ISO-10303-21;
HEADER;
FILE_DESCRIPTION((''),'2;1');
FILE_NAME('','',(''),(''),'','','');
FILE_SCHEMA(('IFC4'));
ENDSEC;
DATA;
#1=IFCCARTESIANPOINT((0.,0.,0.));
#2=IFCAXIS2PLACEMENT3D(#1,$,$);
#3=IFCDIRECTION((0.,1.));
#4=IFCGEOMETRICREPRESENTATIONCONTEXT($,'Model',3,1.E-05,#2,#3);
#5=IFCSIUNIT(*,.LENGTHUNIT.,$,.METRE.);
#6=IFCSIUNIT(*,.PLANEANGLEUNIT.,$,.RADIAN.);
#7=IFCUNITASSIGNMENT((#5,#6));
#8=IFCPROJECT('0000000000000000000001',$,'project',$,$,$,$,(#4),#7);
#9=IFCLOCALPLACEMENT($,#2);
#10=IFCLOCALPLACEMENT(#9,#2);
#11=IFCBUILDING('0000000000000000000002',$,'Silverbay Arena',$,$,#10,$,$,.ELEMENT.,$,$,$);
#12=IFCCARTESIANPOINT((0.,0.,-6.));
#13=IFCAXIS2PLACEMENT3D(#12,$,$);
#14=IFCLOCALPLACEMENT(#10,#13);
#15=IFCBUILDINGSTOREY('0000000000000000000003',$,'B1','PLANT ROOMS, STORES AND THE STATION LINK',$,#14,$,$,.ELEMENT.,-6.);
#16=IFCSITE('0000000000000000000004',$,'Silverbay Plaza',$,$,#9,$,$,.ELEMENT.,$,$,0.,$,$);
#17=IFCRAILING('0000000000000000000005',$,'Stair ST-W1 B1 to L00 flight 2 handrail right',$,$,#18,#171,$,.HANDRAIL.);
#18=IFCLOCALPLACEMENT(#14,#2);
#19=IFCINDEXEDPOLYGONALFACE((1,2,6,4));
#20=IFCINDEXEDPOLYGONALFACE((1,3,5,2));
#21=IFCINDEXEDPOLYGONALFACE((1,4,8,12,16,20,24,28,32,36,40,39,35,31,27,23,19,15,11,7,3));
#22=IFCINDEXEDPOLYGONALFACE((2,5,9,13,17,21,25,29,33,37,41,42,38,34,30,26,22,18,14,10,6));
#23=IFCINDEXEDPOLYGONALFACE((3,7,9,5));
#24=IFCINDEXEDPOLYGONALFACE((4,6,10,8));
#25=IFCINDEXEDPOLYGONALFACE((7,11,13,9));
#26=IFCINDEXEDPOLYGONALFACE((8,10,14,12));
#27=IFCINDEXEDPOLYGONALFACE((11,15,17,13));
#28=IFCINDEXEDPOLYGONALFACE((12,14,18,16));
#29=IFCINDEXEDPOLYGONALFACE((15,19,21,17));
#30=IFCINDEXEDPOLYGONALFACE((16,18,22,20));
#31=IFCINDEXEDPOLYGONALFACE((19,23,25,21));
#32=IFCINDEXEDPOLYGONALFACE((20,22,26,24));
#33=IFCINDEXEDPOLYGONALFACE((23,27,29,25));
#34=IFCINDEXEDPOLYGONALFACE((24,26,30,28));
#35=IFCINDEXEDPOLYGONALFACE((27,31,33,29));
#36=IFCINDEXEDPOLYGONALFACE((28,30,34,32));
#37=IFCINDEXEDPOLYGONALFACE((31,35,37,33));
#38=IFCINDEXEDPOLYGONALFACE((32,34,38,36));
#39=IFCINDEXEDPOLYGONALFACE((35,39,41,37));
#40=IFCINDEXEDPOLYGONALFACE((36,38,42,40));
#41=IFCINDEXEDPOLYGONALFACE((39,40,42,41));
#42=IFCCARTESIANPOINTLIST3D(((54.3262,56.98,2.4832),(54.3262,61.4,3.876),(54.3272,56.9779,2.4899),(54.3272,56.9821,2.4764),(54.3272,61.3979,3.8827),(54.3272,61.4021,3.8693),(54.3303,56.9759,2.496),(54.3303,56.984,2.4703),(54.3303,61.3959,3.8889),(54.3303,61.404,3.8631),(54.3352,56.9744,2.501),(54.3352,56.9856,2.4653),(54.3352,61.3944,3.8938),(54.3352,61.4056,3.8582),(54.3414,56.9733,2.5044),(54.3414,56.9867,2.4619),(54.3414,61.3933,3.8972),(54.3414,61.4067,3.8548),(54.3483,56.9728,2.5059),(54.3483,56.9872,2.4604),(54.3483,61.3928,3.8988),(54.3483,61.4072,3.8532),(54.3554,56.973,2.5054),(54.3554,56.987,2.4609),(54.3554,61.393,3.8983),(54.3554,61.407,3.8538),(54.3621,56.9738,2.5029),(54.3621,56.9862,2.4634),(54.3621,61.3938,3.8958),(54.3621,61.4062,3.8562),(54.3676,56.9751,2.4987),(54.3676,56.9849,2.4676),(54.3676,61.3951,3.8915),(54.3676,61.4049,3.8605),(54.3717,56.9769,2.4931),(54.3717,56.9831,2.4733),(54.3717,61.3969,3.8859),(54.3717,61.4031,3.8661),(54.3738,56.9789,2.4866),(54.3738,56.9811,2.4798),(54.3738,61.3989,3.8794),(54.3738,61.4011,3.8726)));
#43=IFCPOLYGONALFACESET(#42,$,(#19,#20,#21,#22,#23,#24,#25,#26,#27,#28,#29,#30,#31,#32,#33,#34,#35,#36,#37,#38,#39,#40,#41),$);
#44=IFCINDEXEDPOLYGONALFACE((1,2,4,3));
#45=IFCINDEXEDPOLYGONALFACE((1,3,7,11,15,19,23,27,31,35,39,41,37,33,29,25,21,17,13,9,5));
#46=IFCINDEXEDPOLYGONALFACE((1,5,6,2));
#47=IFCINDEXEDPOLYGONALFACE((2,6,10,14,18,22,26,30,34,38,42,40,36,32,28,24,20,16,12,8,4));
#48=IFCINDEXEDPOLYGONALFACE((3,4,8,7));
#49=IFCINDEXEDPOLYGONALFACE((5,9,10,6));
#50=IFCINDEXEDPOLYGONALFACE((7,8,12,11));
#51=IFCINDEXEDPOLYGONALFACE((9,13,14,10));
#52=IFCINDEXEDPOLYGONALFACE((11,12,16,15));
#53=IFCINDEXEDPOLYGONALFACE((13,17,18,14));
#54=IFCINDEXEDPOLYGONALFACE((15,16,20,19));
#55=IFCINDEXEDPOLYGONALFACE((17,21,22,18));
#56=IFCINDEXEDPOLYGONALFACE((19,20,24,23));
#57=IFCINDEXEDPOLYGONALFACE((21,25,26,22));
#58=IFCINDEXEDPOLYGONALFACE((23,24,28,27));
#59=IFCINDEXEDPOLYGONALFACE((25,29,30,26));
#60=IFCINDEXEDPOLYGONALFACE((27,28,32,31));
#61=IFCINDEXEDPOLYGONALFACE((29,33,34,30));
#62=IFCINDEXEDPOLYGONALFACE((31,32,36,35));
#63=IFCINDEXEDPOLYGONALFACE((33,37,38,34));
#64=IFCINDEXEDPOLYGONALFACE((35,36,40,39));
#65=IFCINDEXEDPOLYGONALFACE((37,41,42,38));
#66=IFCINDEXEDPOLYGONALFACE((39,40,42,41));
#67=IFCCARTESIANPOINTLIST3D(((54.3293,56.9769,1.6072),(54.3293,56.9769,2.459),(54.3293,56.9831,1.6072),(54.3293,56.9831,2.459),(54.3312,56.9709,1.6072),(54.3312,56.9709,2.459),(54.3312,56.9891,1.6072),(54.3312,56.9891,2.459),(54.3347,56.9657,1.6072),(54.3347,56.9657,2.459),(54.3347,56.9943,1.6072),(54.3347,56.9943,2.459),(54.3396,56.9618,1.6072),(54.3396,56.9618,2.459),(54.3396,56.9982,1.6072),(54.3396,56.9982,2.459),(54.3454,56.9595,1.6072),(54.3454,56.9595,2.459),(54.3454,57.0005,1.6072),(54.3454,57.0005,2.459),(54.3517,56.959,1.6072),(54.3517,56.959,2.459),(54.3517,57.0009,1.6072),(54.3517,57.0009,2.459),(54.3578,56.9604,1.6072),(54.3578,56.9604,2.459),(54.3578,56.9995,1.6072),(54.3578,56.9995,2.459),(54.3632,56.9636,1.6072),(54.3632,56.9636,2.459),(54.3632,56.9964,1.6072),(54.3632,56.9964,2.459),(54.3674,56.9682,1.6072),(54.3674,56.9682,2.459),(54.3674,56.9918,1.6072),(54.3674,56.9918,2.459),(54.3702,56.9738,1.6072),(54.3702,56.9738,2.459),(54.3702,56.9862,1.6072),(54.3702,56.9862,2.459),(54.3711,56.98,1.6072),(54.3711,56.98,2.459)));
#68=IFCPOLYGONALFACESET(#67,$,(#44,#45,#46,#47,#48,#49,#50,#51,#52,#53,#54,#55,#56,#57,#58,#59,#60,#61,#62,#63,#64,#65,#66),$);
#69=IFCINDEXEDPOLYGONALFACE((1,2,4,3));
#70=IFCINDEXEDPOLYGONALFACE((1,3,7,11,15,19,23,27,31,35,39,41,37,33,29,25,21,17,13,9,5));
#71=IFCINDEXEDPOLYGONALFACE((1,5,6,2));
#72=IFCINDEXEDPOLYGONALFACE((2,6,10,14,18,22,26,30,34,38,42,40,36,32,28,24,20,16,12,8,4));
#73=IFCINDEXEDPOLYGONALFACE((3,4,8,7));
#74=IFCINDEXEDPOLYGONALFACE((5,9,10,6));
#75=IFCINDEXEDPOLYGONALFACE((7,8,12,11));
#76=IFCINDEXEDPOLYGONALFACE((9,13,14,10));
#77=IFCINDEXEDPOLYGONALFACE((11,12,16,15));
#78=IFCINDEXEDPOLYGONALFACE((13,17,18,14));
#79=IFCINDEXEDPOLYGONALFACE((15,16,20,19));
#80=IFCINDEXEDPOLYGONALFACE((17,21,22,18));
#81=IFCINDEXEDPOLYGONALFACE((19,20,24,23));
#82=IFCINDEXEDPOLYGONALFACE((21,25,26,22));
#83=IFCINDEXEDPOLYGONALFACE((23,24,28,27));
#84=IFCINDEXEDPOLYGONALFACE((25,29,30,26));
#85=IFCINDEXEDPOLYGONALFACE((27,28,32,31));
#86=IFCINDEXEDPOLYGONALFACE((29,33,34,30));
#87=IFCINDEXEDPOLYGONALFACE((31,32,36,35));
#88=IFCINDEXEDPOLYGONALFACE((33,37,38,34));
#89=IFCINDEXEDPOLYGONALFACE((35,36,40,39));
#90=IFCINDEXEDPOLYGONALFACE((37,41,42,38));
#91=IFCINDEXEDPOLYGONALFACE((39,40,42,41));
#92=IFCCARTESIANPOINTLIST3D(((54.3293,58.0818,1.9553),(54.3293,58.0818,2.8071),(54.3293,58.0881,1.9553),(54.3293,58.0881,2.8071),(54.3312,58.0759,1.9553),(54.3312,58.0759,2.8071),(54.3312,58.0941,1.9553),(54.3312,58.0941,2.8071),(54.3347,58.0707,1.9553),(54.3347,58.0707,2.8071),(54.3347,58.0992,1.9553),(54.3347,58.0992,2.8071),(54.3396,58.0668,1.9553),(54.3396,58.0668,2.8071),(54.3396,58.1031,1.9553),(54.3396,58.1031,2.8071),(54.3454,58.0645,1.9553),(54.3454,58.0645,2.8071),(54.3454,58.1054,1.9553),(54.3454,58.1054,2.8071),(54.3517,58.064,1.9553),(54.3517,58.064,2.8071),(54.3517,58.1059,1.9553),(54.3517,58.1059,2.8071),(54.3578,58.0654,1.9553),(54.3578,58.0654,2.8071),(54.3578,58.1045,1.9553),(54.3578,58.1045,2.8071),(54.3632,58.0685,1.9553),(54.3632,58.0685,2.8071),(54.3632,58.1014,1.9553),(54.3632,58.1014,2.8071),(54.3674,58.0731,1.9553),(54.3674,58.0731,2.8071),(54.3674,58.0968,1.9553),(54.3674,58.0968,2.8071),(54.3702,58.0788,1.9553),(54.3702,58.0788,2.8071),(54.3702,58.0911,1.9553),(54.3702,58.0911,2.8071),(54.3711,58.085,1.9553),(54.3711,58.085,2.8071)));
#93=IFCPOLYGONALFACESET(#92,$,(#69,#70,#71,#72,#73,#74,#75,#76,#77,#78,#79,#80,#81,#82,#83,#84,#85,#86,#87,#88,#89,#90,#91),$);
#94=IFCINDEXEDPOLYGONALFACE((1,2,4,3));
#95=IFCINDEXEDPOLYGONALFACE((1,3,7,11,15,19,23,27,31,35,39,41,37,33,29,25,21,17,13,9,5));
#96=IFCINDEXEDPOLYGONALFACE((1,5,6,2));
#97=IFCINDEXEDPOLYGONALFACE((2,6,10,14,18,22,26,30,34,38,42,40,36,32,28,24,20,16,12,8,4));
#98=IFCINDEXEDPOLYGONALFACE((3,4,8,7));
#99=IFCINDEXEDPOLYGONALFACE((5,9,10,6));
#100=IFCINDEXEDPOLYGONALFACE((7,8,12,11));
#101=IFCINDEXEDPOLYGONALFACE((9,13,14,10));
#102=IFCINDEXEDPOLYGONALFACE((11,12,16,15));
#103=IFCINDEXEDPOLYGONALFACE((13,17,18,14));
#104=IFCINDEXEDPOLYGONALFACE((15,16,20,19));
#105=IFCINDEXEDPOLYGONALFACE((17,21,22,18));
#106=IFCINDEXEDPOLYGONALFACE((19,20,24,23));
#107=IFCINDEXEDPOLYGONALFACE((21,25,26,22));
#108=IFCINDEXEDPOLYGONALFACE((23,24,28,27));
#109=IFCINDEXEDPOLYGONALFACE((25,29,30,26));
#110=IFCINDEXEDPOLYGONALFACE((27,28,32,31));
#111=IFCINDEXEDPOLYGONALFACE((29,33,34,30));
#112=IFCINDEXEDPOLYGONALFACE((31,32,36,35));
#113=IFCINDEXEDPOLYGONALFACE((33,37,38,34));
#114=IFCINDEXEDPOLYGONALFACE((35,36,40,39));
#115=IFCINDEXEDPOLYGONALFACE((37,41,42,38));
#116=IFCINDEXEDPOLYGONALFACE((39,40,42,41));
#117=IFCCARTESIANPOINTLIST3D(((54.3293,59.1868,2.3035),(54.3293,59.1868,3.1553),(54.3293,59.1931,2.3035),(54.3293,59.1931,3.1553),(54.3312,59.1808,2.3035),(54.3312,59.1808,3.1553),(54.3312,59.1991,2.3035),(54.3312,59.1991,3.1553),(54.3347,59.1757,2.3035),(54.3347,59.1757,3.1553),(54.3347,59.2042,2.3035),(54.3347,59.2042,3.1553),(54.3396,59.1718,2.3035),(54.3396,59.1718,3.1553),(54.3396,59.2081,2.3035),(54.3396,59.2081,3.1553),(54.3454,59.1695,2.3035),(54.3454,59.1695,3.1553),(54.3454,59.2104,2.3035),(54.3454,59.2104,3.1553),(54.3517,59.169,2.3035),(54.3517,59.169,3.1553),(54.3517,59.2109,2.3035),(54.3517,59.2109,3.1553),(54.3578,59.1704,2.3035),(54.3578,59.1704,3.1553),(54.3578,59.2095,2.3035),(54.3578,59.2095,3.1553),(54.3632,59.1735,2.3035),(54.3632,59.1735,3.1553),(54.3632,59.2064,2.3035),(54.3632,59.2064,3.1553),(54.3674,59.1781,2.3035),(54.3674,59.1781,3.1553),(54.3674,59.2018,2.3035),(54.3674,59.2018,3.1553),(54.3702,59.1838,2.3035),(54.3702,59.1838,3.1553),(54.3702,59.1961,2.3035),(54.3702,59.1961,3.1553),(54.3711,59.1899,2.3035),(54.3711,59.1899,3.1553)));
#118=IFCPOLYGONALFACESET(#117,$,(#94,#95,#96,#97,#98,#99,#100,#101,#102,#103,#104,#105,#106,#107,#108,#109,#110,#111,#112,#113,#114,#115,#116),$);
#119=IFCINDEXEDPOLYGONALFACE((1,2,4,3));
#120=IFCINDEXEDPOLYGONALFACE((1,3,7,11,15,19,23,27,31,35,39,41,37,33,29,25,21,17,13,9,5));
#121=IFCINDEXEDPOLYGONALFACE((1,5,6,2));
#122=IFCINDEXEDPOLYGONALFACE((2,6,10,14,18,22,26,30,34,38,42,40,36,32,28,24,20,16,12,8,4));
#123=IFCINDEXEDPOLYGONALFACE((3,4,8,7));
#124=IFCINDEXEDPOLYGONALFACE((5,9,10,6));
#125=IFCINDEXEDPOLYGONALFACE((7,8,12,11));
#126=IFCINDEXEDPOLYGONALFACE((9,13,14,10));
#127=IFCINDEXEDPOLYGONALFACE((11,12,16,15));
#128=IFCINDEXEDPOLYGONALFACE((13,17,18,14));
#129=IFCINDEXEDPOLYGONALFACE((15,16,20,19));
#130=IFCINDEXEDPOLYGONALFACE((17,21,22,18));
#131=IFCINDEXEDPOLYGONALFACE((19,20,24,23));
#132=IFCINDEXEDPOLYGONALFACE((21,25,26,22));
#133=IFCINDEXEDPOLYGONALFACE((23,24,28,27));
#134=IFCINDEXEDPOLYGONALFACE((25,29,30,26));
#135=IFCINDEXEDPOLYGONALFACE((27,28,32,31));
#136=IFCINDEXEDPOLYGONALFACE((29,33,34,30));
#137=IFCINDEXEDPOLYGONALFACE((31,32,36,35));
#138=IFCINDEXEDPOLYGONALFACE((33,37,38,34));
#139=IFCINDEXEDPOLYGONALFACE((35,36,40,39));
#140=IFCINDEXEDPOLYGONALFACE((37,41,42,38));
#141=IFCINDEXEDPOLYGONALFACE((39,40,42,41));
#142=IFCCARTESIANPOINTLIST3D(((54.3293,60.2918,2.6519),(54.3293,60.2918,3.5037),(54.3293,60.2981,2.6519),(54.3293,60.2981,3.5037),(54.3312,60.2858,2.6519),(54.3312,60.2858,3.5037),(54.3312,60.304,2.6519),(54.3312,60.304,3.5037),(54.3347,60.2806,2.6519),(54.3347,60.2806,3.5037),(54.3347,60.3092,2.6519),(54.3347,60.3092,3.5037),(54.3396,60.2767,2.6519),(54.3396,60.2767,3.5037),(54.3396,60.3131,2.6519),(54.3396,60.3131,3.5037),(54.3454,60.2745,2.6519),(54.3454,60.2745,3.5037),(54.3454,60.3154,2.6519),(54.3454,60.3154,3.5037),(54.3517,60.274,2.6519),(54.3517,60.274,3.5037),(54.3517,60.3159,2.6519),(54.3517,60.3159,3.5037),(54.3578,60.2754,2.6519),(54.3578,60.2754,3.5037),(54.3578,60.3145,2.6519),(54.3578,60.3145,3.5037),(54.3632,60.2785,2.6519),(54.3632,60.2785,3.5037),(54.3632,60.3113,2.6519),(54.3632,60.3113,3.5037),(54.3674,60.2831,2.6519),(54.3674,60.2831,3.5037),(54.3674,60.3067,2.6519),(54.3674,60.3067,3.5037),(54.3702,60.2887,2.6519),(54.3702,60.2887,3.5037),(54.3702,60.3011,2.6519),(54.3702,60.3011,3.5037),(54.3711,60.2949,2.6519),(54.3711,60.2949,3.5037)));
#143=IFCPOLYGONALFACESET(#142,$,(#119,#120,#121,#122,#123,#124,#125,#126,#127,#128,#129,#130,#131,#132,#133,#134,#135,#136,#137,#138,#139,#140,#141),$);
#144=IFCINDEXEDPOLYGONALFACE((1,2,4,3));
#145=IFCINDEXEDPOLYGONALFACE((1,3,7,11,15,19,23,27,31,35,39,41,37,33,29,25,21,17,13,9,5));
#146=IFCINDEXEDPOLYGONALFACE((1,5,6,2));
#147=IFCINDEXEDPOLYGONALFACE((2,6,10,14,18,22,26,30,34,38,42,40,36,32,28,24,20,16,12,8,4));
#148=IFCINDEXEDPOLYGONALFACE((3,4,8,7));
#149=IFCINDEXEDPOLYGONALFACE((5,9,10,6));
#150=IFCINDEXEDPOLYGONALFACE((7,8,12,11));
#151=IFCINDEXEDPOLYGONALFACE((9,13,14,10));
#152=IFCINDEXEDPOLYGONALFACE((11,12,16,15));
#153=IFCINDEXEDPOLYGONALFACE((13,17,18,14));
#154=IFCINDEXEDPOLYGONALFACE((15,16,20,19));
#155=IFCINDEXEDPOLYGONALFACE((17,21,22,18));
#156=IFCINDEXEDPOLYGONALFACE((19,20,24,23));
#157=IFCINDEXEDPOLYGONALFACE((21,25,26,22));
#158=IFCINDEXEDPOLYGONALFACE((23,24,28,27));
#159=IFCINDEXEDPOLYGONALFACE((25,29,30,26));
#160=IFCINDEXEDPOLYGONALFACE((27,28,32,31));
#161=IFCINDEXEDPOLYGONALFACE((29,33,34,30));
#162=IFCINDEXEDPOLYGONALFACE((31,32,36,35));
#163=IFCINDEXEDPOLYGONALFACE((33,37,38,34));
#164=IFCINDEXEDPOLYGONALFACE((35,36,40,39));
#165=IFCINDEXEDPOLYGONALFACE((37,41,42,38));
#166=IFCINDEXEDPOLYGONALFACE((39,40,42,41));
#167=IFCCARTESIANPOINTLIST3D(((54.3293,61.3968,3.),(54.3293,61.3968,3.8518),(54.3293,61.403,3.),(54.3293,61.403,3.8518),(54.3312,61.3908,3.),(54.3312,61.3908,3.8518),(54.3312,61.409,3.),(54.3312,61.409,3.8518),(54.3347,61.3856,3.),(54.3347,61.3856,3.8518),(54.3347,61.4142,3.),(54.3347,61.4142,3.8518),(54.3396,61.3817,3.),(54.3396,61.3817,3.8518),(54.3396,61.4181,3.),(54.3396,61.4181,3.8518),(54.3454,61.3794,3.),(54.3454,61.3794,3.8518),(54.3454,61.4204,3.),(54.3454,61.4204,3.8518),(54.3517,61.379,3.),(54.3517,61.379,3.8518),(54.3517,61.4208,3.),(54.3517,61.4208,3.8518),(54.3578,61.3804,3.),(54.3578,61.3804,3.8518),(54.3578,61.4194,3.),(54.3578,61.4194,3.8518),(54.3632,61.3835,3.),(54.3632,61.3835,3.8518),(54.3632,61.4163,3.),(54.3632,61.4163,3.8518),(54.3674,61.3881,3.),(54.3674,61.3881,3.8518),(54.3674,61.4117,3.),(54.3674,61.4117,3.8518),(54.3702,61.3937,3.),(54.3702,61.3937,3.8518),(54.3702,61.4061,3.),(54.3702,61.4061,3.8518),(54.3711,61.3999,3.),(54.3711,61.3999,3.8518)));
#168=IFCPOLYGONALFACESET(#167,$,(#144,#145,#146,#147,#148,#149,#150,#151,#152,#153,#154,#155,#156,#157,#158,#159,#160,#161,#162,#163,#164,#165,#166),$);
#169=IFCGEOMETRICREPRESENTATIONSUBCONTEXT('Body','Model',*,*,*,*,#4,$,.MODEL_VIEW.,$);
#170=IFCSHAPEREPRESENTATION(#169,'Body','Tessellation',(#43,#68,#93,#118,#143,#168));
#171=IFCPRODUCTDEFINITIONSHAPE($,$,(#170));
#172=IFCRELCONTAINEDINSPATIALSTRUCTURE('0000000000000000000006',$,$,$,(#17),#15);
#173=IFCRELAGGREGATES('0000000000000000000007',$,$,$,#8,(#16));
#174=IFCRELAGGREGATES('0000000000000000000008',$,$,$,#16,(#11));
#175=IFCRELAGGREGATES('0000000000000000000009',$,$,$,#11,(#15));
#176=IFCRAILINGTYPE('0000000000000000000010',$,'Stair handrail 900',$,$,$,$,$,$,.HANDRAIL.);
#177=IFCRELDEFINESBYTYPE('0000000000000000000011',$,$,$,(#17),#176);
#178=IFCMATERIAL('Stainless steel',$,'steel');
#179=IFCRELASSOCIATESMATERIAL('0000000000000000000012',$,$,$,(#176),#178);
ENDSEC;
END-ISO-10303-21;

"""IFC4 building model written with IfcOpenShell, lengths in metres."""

from ifc_helpers import new_model, si_unit, direction, frame, origin, origin_2d, place, context, subcontext, project, spatial, circle, extrude, material, type_object, element, save


model = new_model("IFC4")

# Units and contexts
model_context = context("Model", 3, precision=1e-05, world=origin(), true_north=direction((0.0, 1.0)))
body_context = subcontext(model_context, "Body", "Model", "MODEL_VIEW")
ifc_project = project(units=[si_unit("LENGTHUNIT", "METRE"), si_unit("PLANEANGLEUNIT", "RADIAN")], contexts=[model_context])

# Site, building, storey
site_placement = place(None, origin())
site = spatial("IfcSite", under=ifc_project, at=site_placement, Name="Silverbay Plaza", CompositionType="ELEMENT", RefElevation=0.0)
building_placement = place(site_placement, origin())
building = spatial("IfcBuilding", under=site, at=building_placement, Name="Silverbay Arena", CompositionType="ELEMENT")
storey_placement = place(building_placement, frame((0.0, 0.0, -6.0)))
storey = spatial("IfcBuildingStorey", under=building, at=storey_placement, Name="B1", Description="PLANT ROOMS, STORES AND THE STATION LINK", CompositionType="ELEMENT", Elevation=-6.0)

# Railing
ifc_material_1 = material(Name="Stainless steel", Category="steel")
railing_type = type_object("IfcRailingType", Name="Stair handrail 900", PredefinedType="HANDRAIL", material=ifc_material_1)
railing_1_placement = place(storey_placement, frame((54.3501, 56.98, 1.6072)))
element("IfcRailing", 1, at=railing_1_placement, inside=storey, type_object=railing_type, Name="Stair ST-W1 B1 to L00 flight 2 handrail right", PredefinedType="HANDRAIL", context=body_context, shape_type="SweptSolid", body=[
    extrude(circle(Radius=0.0239, at=origin_2d()), frame((0.0, 0.0, 0.876), z_axis=(0.0, 0.953765, 0.300554), x_axis=(-1.0, 0.0, 0.0)), (0.0, 0.0, 1.0), 4.6343),
    extrude(circle(Radius=0.021, at=origin_2d()), origin(), (0.0, 0.0, 1.0), 0.8518),
    extrude(circle(Radius=0.021, at=origin_2d()), frame((0.0, 1.105, 0.3481)), (0.0, 0.0, 1.0), 0.8518),
    extrude(circle(Radius=0.021, at=origin_2d()), frame((0.0, 2.21, 0.6963)), (0.0, 0.0, 1.0), 0.8518),
    extrude(circle(Radius=0.021, at=origin_2d()), frame((0.0, 3.3149, 1.0447)), (0.0, 0.0, 1.0), 0.8518),
    extrude(circle(Radius=0.021, at=origin_2d()), frame((0.0, 4.4199, 1.3928)), (0.0, 0.0, 1.0), 0.8518),
])

save(model, "model.ifc")
